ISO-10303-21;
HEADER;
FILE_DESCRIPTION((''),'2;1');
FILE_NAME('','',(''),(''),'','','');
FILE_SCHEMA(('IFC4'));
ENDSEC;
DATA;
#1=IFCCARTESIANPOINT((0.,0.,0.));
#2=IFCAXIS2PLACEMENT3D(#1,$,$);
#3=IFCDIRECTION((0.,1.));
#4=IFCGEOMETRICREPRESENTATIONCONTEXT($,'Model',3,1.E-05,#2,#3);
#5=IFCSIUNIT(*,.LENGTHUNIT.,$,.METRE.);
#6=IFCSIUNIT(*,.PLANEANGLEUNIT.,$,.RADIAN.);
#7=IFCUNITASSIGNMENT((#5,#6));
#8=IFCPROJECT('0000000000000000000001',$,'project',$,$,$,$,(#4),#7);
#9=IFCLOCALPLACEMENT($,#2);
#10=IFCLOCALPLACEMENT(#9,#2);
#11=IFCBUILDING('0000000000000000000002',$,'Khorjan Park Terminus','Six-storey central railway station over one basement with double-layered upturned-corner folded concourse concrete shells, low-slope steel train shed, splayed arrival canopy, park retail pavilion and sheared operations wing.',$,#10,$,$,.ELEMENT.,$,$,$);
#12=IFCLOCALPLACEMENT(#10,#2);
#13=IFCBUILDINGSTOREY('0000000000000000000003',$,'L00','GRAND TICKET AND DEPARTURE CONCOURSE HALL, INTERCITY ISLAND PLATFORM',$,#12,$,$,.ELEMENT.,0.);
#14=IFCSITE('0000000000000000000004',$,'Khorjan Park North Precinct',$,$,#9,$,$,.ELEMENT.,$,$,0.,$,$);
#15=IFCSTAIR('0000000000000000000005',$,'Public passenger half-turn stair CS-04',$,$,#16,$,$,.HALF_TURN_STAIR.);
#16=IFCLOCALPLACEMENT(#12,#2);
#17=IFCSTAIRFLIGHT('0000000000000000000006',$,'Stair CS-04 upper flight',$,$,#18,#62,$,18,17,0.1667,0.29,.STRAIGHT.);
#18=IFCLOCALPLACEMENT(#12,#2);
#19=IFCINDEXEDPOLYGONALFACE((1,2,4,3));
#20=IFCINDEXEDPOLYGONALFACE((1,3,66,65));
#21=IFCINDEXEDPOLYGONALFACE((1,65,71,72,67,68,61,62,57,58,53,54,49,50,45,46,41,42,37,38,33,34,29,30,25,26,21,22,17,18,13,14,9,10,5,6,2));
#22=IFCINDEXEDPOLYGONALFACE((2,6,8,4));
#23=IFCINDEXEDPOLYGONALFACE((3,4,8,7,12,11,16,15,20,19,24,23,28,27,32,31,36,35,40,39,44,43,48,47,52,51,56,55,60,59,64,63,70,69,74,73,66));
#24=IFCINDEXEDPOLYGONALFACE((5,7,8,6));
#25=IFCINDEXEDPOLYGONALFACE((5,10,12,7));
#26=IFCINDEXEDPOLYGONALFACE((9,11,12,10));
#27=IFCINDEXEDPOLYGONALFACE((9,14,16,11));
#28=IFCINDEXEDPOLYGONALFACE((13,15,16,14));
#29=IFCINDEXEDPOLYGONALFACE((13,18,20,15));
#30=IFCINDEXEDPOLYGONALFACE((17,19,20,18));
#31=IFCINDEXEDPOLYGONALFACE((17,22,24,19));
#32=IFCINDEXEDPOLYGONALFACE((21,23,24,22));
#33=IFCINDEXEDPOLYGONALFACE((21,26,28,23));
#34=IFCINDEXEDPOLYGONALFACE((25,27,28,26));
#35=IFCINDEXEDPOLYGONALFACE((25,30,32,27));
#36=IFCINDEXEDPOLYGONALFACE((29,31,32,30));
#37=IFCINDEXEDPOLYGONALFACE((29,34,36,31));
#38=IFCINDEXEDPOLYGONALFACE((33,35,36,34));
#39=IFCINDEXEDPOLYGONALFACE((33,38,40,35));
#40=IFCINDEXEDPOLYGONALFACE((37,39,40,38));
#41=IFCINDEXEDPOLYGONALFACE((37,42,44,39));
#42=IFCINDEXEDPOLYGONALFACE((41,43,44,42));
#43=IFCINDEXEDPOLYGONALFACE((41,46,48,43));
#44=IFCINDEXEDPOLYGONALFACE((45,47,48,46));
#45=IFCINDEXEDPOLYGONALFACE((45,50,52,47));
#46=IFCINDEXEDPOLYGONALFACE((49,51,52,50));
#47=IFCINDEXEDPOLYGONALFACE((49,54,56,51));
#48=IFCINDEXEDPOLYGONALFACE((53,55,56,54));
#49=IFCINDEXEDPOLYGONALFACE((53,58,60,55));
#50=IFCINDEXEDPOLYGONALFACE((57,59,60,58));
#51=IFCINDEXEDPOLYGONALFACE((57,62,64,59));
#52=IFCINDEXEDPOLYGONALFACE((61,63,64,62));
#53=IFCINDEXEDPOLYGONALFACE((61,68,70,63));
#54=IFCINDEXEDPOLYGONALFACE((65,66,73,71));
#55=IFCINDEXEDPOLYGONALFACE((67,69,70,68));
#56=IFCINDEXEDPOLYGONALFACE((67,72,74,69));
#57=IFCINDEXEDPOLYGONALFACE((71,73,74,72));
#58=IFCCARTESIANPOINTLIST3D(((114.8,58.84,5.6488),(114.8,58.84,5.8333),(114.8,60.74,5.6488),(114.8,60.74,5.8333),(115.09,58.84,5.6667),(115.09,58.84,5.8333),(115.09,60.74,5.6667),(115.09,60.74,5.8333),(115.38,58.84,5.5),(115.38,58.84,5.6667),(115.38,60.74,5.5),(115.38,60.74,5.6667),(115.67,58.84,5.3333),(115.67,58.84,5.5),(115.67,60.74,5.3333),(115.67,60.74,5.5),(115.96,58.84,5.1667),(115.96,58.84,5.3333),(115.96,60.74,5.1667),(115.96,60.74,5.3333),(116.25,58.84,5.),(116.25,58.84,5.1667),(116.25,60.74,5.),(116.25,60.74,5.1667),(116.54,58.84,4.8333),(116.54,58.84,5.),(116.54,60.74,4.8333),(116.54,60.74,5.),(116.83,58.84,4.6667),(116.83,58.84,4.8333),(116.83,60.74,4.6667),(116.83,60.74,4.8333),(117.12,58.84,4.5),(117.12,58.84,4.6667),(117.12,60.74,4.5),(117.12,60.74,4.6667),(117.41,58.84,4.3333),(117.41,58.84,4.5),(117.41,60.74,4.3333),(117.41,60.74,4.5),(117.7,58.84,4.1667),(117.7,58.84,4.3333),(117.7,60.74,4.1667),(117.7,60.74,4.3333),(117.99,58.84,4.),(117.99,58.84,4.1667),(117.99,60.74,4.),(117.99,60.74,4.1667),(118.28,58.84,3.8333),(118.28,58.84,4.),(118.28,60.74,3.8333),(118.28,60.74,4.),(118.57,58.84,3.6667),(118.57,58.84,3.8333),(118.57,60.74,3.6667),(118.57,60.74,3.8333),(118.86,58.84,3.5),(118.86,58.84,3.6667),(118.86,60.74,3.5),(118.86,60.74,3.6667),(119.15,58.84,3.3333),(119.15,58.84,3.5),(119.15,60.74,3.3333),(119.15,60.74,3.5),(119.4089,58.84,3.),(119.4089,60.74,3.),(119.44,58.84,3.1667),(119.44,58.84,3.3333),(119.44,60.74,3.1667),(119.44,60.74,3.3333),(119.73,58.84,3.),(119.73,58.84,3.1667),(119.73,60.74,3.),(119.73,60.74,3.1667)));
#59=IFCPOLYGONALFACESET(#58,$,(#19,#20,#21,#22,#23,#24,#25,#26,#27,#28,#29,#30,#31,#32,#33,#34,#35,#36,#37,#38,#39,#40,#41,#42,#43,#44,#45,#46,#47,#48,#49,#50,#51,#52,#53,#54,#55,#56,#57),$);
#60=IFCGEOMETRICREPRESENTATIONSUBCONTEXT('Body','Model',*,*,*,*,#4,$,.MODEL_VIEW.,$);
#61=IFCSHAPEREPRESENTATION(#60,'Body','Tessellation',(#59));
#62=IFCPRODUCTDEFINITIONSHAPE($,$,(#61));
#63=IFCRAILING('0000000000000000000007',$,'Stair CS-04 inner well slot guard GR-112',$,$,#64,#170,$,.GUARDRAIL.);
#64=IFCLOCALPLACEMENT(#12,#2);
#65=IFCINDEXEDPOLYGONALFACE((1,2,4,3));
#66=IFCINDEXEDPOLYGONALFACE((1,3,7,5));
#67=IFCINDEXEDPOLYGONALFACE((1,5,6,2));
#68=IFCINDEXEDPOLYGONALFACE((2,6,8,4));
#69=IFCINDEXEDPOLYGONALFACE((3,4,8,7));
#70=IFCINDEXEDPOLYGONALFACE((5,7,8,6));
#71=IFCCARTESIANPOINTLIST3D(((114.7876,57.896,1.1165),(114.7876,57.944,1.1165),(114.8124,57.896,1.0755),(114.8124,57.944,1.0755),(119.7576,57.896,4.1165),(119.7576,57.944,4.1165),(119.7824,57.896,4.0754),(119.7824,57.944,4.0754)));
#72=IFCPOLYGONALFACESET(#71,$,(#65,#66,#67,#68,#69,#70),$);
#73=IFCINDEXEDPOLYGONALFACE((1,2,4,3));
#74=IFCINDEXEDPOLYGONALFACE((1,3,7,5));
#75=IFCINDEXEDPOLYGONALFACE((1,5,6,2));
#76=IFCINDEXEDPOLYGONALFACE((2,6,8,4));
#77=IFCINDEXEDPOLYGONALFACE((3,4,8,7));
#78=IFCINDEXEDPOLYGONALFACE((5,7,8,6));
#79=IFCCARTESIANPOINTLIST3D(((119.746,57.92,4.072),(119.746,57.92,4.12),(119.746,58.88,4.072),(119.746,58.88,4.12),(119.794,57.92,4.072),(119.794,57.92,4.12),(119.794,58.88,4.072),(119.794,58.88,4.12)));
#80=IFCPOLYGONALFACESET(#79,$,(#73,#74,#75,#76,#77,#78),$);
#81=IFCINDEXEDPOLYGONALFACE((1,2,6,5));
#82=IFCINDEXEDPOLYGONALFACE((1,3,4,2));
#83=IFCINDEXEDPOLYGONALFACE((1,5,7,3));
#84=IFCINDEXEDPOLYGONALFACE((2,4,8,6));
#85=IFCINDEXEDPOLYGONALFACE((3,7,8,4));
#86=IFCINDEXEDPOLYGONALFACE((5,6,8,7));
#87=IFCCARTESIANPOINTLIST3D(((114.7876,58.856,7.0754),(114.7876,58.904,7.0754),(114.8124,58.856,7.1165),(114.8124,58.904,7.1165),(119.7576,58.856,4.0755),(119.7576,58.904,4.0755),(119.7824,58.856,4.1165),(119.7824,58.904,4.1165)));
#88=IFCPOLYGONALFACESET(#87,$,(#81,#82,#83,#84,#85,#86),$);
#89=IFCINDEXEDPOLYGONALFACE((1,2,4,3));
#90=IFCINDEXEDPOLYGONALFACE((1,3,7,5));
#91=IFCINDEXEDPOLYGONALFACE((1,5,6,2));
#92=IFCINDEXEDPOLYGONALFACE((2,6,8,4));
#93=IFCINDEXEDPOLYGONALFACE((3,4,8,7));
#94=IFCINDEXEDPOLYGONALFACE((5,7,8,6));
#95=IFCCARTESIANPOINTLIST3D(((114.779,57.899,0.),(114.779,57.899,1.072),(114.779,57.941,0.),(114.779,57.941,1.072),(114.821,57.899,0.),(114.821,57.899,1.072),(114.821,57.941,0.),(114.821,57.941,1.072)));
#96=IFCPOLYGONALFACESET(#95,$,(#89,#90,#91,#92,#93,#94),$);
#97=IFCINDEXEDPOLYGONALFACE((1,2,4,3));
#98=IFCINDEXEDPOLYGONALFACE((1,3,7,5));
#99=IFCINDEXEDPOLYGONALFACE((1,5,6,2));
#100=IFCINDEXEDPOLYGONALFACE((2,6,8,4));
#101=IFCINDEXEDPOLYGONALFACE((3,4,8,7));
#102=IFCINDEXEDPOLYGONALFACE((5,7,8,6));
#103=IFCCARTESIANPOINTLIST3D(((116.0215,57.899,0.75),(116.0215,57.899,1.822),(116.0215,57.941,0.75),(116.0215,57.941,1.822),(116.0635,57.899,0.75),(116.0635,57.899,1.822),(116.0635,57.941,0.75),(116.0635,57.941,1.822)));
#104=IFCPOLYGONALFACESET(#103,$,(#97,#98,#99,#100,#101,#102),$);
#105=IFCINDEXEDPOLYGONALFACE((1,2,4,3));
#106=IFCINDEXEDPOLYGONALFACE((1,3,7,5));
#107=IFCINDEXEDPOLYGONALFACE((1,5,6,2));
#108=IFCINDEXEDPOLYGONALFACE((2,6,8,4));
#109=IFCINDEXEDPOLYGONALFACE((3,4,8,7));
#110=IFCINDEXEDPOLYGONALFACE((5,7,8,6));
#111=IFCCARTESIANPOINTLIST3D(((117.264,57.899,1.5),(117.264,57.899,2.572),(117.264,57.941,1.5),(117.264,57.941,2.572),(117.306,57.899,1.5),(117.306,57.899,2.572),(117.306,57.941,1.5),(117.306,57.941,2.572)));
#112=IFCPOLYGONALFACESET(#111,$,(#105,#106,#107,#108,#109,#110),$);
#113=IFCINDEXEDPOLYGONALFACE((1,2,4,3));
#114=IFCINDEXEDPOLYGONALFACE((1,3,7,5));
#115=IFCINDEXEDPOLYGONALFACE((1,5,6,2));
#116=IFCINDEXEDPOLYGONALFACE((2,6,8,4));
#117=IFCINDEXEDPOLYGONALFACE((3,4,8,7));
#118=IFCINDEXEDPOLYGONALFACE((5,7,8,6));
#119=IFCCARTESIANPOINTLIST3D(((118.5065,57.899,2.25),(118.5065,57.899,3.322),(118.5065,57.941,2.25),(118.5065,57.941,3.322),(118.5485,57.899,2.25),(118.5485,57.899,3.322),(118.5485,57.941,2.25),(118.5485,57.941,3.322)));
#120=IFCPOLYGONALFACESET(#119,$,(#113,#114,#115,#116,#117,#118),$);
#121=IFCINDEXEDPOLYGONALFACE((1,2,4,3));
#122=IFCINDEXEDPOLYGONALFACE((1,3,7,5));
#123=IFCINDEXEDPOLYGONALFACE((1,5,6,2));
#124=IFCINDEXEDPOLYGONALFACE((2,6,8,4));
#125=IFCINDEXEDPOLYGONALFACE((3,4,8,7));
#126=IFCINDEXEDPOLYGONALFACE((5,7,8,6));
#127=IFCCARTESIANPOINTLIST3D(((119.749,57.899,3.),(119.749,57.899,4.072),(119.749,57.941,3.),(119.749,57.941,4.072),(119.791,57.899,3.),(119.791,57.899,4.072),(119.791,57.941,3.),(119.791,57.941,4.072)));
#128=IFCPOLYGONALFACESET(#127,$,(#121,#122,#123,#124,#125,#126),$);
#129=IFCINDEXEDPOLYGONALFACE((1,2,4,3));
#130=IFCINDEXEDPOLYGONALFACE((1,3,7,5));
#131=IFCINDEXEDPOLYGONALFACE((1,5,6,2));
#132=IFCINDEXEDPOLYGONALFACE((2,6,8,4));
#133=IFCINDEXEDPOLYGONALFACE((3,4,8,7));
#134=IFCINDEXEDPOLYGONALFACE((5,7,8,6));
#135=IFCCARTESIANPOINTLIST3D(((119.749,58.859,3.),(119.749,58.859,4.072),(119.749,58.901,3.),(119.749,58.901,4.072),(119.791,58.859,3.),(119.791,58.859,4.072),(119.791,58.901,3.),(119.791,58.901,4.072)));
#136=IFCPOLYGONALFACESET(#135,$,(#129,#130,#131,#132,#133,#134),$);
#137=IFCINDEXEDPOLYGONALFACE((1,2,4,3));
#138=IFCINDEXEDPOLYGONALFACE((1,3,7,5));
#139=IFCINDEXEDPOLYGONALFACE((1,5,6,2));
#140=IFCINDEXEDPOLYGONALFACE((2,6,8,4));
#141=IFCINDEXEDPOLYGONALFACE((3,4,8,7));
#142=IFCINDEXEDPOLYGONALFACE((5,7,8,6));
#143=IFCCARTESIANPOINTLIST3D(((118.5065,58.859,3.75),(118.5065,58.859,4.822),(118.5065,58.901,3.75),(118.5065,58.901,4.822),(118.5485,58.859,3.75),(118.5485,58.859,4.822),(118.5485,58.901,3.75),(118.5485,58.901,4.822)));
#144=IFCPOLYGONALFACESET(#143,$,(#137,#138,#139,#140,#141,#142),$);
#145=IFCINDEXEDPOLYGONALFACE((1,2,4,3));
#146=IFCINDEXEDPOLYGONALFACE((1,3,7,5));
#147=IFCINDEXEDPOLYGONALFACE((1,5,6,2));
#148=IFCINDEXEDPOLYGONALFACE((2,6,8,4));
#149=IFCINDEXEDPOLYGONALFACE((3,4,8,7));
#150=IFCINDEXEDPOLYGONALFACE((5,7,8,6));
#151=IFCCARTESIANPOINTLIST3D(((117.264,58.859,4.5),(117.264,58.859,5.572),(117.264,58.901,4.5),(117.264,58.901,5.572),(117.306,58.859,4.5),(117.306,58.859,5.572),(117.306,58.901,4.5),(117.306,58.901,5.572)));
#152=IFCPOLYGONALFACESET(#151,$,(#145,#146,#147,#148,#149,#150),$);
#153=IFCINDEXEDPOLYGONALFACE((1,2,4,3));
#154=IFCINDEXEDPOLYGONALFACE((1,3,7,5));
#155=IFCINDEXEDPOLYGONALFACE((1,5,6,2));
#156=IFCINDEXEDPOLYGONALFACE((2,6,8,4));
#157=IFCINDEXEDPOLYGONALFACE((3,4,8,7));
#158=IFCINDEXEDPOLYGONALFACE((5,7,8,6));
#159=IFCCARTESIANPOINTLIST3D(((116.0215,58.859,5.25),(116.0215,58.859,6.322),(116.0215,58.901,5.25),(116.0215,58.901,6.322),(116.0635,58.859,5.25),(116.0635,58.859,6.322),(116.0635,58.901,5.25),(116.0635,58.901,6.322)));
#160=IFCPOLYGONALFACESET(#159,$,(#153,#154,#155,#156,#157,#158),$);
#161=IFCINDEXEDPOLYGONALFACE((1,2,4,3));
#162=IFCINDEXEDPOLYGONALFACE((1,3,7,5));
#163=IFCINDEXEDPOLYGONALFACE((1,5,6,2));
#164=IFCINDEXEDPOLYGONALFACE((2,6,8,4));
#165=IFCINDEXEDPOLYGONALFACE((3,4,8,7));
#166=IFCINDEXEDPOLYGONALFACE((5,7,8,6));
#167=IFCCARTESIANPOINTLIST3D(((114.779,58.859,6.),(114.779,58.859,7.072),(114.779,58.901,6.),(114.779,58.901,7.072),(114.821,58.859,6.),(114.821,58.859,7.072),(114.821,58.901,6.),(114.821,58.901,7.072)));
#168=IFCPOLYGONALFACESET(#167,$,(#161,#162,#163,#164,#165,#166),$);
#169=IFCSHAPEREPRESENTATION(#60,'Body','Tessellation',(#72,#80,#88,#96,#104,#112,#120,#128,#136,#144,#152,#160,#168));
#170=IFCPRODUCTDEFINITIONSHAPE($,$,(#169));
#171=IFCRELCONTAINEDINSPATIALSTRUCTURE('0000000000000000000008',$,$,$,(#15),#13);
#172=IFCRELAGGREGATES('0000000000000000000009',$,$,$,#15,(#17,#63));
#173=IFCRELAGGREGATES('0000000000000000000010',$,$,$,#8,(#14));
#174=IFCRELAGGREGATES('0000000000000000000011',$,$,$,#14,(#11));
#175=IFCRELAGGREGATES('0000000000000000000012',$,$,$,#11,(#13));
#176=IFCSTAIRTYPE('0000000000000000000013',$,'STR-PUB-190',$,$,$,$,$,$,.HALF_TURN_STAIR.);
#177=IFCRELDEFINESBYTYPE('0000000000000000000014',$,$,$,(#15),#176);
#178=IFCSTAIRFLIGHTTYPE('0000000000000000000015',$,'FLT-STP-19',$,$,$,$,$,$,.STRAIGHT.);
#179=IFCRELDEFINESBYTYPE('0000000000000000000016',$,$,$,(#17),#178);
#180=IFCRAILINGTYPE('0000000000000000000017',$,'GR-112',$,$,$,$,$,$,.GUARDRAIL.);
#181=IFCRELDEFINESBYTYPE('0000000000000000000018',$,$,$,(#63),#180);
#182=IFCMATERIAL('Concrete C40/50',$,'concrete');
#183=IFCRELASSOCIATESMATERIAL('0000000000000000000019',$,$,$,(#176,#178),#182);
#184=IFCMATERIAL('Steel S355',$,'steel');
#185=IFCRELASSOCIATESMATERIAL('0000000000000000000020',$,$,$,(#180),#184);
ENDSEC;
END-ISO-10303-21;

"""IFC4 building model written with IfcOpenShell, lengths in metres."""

from ifc_helpers import new_model, si_unit, direction, frame, origin, origin_2d, place, context, subcontext, project, spatial, polyline, rectangle, outline, extrude, material, type_object, element, aggregate, save


model = new_model("IFC4")

# Units and contexts
model_context = context("Model", 3, precision=1e-05, world=origin(), true_north=direction((0.0, 1.0)))
body_context = subcontext(model_context, "Body", "Model", "MODEL_VIEW")
ifc_project = project(units=[si_unit("LENGTHUNIT", "METRE"), si_unit("PLANEANGLEUNIT", "RADIAN")], contexts=[model_context])

# Site, building, storey
site_placement = place(None, origin())
site = spatial("IfcSite", under=ifc_project, at=site_placement, Name="Khorjan Park North Precinct", CompositionType="ELEMENT", RefElevation=0.0)
building_placement = place(site_placement, origin())
building = spatial("IfcBuilding", under=site, at=building_placement, Name="Khorjan Park Terminus", Description="Six-storey central railway station over one basement with double-layered upturned-corner folded concourse concrete shells, low-slope steel train shed, splayed arrival canopy, park retail pavilion and sheared operations wing.", CompositionType="ELEMENT")
storey_placement = place(building_placement, origin())
storey = spatial("IfcBuildingStorey", under=building, at=storey_placement, Name="L00", Description="GRAND TICKET AND DEPARTURE CONCOURSE HALL, INTERCITY ISLAND PLATFORM", CompositionType="ELEMENT", Elevation=0.0)

# Shared definitions
ifc_material_1 = material(Name="Steel S355", Category="steel")

# Shared definitions
ifc_material_2 = material(Name="Concrete C40/50", Category="concrete")

# Stair, stair flight, railing
stair_type = type_object("IfcStairType", Name="STR-PUB-190", PredefinedType="HALF_TURN_STAIR", material=ifc_material_2)
stair_placement = place(storey_placement, origin())
stair = element("IfcStair", 1, at=stair_placement, inside=storey, type_object=stair_type, Name="Public passenger half-turn stair CS-04", PredefinedType="HALF_TURN_STAIR")
stair_flight_type = type_object("IfcStairFlightType", Name="FLT-STP-19", PredefinedType="STRAIGHT", material=ifc_material_2)
stair_flight_1_placement = place(storey_placement, frame((119.73, 59.79, 3.0), z_axis=(0.0, 0.0, 1.0), x_axis=(-1.0, 0.0, 0.0)))
stair_flight_1 = element("IfcStairFlight", 2, at=stair_flight_1_placement, type_object=stair_flight_type, Name="Stair CS-04 upper flight", NumberOfRisers=18, NumberOfTreads=17, PredefinedType="STRAIGHT", RiserHeight=0.1667, TreadLength=0.29, context=body_context, shape_type="SweptSolid", body=[
    extrude(outline(polyline([(0.0, 0.0), (0.0, 0.1667), (0.29, 0.1667), (0.29, 0.3333), (0.58, 0.3333), (0.58, 0.5), (0.87, 0.5), (0.87, 0.6667), (1.16, 0.6667), (1.16, 0.8333), (1.45, 0.8333), (1.45, 1.0), (1.74, 1.0), (1.74, 1.1667), (2.03, 1.1667), (2.03, 1.3333), (2.32, 1.3333), (2.32, 1.5), (2.61, 1.5), (2.61, 1.6667), (2.9, 1.6667), (2.9, 1.8333), (3.19, 1.8333), (3.19, 2.0), (3.48, 2.0), (3.48, 2.1667), (3.77, 2.1667), (3.77, 2.3333), (4.06, 2.3333), (4.06, 2.5), (4.35, 2.5), (4.35, 2.6667), (4.64, 2.6667), (4.64, 2.8333), (4.93, 2.8333), (4.93, 3.0), (4.93, 2.6488), (0.3211, 0.0), (0.0, 0.0)])), frame((0.0, 0.95, 0.0), z_axis=(0.0, -1.0, 0.0), x_axis=(1.0, 0.0, 0.0)), (0.0, 0.0, 1.0), 1.9),
])
railing_type_1 = type_object("IfcRailingType", Name="GR-112", PredefinedType="GUARDRAIL", material=ifc_material_1)
railing_1_placement = place(storey_placement, frame((114.8, 57.92, 0.0)))
railing_1 = element("IfcRailing", 3, at=railing_1_placement, type_object=railing_type_1, Name="Stair CS-04 inner well slot guard GR-112", PredefinedType="GUARDRAIL", context=body_context, shape_type="SweptSolid", body=[
    extrude(rectangle(XDim=0.048, YDim=0.048, at=origin_2d()), frame((0.0, 0.0, 1.096), z_axis=(0.856122, 0.0, 0.516774), x_axis=(0.0, 1.0, 0.0)), (0.0, 0.0, 1.0), 5.8052),
    extrude(rectangle(XDim=0.048, YDim=0.048, at=origin_2d()), frame((4.97, 0.0, 4.096), z_axis=(0.0, 1.0, 0.0), x_axis=(-1.0, 0.0, 0.0)), (0.0, 0.0, 1.0), 0.96),
    extrude(rectangle(XDim=0.048, YDim=0.048, at=origin_2d()), frame((4.97, 0.96, 4.096), z_axis=(-0.856122, 0.0, 0.516774), x_axis=(0.0, -1.0, 0.0)), (0.0, 0.0, 1.0), 5.8052),
    extrude(rectangle(XDim=0.042, YDim=0.042, at=origin_2d()), origin(), (0.0, 0.0, 1.0), 1.072),
    extrude(rectangle(XDim=0.042, YDim=0.042, at=origin_2d()), frame((1.2425, 0.0, 0.75)), (0.0, 0.0, 1.0), 1.072),
    extrude(rectangle(XDim=0.042, YDim=0.042, at=origin_2d()), frame((2.485, 0.0, 1.5)), (0.0, 0.0, 1.0), 1.072),
    extrude(rectangle(XDim=0.042, YDim=0.042, at=origin_2d()), frame((3.7275, 0.0, 2.25)), (0.0, 0.0, 1.0), 1.072),
    extrude(rectangle(XDim=0.042, YDim=0.042, at=origin_2d()), frame((4.97, 0.0, 3.0)), (0.0, 0.0, 1.0), 1.072),
    extrude(rectangle(XDim=0.042, YDim=0.042, at=origin_2d()), frame((4.97, 0.96, 3.0)), (0.0, 0.0, 1.0), 1.072),
    extrude(rectangle(XDim=0.042, YDim=0.042, at=origin_2d()), frame((3.7275, 0.96, 3.75)), (0.0, 0.0, 1.0), 1.072),
    extrude(rectangle(XDim=0.042, YDim=0.042, at=origin_2d()), frame((2.485, 0.96, 4.5)), (0.0, 0.0, 1.0), 1.072),
    extrude(rectangle(XDim=0.042, YDim=0.042, at=origin_2d()), frame((1.2425, 0.96, 5.25)), (0.0, 0.0, 1.0), 1.072),
    extrude(rectangle(XDim=0.042, YDim=0.042, at=origin_2d()), frame((0.0, 0.96, 6.0)), (0.0, 0.0, 1.0), 1.072),
])
aggregate(stair, [stair_flight_1, railing_1])

save(model, "model.ifc")
